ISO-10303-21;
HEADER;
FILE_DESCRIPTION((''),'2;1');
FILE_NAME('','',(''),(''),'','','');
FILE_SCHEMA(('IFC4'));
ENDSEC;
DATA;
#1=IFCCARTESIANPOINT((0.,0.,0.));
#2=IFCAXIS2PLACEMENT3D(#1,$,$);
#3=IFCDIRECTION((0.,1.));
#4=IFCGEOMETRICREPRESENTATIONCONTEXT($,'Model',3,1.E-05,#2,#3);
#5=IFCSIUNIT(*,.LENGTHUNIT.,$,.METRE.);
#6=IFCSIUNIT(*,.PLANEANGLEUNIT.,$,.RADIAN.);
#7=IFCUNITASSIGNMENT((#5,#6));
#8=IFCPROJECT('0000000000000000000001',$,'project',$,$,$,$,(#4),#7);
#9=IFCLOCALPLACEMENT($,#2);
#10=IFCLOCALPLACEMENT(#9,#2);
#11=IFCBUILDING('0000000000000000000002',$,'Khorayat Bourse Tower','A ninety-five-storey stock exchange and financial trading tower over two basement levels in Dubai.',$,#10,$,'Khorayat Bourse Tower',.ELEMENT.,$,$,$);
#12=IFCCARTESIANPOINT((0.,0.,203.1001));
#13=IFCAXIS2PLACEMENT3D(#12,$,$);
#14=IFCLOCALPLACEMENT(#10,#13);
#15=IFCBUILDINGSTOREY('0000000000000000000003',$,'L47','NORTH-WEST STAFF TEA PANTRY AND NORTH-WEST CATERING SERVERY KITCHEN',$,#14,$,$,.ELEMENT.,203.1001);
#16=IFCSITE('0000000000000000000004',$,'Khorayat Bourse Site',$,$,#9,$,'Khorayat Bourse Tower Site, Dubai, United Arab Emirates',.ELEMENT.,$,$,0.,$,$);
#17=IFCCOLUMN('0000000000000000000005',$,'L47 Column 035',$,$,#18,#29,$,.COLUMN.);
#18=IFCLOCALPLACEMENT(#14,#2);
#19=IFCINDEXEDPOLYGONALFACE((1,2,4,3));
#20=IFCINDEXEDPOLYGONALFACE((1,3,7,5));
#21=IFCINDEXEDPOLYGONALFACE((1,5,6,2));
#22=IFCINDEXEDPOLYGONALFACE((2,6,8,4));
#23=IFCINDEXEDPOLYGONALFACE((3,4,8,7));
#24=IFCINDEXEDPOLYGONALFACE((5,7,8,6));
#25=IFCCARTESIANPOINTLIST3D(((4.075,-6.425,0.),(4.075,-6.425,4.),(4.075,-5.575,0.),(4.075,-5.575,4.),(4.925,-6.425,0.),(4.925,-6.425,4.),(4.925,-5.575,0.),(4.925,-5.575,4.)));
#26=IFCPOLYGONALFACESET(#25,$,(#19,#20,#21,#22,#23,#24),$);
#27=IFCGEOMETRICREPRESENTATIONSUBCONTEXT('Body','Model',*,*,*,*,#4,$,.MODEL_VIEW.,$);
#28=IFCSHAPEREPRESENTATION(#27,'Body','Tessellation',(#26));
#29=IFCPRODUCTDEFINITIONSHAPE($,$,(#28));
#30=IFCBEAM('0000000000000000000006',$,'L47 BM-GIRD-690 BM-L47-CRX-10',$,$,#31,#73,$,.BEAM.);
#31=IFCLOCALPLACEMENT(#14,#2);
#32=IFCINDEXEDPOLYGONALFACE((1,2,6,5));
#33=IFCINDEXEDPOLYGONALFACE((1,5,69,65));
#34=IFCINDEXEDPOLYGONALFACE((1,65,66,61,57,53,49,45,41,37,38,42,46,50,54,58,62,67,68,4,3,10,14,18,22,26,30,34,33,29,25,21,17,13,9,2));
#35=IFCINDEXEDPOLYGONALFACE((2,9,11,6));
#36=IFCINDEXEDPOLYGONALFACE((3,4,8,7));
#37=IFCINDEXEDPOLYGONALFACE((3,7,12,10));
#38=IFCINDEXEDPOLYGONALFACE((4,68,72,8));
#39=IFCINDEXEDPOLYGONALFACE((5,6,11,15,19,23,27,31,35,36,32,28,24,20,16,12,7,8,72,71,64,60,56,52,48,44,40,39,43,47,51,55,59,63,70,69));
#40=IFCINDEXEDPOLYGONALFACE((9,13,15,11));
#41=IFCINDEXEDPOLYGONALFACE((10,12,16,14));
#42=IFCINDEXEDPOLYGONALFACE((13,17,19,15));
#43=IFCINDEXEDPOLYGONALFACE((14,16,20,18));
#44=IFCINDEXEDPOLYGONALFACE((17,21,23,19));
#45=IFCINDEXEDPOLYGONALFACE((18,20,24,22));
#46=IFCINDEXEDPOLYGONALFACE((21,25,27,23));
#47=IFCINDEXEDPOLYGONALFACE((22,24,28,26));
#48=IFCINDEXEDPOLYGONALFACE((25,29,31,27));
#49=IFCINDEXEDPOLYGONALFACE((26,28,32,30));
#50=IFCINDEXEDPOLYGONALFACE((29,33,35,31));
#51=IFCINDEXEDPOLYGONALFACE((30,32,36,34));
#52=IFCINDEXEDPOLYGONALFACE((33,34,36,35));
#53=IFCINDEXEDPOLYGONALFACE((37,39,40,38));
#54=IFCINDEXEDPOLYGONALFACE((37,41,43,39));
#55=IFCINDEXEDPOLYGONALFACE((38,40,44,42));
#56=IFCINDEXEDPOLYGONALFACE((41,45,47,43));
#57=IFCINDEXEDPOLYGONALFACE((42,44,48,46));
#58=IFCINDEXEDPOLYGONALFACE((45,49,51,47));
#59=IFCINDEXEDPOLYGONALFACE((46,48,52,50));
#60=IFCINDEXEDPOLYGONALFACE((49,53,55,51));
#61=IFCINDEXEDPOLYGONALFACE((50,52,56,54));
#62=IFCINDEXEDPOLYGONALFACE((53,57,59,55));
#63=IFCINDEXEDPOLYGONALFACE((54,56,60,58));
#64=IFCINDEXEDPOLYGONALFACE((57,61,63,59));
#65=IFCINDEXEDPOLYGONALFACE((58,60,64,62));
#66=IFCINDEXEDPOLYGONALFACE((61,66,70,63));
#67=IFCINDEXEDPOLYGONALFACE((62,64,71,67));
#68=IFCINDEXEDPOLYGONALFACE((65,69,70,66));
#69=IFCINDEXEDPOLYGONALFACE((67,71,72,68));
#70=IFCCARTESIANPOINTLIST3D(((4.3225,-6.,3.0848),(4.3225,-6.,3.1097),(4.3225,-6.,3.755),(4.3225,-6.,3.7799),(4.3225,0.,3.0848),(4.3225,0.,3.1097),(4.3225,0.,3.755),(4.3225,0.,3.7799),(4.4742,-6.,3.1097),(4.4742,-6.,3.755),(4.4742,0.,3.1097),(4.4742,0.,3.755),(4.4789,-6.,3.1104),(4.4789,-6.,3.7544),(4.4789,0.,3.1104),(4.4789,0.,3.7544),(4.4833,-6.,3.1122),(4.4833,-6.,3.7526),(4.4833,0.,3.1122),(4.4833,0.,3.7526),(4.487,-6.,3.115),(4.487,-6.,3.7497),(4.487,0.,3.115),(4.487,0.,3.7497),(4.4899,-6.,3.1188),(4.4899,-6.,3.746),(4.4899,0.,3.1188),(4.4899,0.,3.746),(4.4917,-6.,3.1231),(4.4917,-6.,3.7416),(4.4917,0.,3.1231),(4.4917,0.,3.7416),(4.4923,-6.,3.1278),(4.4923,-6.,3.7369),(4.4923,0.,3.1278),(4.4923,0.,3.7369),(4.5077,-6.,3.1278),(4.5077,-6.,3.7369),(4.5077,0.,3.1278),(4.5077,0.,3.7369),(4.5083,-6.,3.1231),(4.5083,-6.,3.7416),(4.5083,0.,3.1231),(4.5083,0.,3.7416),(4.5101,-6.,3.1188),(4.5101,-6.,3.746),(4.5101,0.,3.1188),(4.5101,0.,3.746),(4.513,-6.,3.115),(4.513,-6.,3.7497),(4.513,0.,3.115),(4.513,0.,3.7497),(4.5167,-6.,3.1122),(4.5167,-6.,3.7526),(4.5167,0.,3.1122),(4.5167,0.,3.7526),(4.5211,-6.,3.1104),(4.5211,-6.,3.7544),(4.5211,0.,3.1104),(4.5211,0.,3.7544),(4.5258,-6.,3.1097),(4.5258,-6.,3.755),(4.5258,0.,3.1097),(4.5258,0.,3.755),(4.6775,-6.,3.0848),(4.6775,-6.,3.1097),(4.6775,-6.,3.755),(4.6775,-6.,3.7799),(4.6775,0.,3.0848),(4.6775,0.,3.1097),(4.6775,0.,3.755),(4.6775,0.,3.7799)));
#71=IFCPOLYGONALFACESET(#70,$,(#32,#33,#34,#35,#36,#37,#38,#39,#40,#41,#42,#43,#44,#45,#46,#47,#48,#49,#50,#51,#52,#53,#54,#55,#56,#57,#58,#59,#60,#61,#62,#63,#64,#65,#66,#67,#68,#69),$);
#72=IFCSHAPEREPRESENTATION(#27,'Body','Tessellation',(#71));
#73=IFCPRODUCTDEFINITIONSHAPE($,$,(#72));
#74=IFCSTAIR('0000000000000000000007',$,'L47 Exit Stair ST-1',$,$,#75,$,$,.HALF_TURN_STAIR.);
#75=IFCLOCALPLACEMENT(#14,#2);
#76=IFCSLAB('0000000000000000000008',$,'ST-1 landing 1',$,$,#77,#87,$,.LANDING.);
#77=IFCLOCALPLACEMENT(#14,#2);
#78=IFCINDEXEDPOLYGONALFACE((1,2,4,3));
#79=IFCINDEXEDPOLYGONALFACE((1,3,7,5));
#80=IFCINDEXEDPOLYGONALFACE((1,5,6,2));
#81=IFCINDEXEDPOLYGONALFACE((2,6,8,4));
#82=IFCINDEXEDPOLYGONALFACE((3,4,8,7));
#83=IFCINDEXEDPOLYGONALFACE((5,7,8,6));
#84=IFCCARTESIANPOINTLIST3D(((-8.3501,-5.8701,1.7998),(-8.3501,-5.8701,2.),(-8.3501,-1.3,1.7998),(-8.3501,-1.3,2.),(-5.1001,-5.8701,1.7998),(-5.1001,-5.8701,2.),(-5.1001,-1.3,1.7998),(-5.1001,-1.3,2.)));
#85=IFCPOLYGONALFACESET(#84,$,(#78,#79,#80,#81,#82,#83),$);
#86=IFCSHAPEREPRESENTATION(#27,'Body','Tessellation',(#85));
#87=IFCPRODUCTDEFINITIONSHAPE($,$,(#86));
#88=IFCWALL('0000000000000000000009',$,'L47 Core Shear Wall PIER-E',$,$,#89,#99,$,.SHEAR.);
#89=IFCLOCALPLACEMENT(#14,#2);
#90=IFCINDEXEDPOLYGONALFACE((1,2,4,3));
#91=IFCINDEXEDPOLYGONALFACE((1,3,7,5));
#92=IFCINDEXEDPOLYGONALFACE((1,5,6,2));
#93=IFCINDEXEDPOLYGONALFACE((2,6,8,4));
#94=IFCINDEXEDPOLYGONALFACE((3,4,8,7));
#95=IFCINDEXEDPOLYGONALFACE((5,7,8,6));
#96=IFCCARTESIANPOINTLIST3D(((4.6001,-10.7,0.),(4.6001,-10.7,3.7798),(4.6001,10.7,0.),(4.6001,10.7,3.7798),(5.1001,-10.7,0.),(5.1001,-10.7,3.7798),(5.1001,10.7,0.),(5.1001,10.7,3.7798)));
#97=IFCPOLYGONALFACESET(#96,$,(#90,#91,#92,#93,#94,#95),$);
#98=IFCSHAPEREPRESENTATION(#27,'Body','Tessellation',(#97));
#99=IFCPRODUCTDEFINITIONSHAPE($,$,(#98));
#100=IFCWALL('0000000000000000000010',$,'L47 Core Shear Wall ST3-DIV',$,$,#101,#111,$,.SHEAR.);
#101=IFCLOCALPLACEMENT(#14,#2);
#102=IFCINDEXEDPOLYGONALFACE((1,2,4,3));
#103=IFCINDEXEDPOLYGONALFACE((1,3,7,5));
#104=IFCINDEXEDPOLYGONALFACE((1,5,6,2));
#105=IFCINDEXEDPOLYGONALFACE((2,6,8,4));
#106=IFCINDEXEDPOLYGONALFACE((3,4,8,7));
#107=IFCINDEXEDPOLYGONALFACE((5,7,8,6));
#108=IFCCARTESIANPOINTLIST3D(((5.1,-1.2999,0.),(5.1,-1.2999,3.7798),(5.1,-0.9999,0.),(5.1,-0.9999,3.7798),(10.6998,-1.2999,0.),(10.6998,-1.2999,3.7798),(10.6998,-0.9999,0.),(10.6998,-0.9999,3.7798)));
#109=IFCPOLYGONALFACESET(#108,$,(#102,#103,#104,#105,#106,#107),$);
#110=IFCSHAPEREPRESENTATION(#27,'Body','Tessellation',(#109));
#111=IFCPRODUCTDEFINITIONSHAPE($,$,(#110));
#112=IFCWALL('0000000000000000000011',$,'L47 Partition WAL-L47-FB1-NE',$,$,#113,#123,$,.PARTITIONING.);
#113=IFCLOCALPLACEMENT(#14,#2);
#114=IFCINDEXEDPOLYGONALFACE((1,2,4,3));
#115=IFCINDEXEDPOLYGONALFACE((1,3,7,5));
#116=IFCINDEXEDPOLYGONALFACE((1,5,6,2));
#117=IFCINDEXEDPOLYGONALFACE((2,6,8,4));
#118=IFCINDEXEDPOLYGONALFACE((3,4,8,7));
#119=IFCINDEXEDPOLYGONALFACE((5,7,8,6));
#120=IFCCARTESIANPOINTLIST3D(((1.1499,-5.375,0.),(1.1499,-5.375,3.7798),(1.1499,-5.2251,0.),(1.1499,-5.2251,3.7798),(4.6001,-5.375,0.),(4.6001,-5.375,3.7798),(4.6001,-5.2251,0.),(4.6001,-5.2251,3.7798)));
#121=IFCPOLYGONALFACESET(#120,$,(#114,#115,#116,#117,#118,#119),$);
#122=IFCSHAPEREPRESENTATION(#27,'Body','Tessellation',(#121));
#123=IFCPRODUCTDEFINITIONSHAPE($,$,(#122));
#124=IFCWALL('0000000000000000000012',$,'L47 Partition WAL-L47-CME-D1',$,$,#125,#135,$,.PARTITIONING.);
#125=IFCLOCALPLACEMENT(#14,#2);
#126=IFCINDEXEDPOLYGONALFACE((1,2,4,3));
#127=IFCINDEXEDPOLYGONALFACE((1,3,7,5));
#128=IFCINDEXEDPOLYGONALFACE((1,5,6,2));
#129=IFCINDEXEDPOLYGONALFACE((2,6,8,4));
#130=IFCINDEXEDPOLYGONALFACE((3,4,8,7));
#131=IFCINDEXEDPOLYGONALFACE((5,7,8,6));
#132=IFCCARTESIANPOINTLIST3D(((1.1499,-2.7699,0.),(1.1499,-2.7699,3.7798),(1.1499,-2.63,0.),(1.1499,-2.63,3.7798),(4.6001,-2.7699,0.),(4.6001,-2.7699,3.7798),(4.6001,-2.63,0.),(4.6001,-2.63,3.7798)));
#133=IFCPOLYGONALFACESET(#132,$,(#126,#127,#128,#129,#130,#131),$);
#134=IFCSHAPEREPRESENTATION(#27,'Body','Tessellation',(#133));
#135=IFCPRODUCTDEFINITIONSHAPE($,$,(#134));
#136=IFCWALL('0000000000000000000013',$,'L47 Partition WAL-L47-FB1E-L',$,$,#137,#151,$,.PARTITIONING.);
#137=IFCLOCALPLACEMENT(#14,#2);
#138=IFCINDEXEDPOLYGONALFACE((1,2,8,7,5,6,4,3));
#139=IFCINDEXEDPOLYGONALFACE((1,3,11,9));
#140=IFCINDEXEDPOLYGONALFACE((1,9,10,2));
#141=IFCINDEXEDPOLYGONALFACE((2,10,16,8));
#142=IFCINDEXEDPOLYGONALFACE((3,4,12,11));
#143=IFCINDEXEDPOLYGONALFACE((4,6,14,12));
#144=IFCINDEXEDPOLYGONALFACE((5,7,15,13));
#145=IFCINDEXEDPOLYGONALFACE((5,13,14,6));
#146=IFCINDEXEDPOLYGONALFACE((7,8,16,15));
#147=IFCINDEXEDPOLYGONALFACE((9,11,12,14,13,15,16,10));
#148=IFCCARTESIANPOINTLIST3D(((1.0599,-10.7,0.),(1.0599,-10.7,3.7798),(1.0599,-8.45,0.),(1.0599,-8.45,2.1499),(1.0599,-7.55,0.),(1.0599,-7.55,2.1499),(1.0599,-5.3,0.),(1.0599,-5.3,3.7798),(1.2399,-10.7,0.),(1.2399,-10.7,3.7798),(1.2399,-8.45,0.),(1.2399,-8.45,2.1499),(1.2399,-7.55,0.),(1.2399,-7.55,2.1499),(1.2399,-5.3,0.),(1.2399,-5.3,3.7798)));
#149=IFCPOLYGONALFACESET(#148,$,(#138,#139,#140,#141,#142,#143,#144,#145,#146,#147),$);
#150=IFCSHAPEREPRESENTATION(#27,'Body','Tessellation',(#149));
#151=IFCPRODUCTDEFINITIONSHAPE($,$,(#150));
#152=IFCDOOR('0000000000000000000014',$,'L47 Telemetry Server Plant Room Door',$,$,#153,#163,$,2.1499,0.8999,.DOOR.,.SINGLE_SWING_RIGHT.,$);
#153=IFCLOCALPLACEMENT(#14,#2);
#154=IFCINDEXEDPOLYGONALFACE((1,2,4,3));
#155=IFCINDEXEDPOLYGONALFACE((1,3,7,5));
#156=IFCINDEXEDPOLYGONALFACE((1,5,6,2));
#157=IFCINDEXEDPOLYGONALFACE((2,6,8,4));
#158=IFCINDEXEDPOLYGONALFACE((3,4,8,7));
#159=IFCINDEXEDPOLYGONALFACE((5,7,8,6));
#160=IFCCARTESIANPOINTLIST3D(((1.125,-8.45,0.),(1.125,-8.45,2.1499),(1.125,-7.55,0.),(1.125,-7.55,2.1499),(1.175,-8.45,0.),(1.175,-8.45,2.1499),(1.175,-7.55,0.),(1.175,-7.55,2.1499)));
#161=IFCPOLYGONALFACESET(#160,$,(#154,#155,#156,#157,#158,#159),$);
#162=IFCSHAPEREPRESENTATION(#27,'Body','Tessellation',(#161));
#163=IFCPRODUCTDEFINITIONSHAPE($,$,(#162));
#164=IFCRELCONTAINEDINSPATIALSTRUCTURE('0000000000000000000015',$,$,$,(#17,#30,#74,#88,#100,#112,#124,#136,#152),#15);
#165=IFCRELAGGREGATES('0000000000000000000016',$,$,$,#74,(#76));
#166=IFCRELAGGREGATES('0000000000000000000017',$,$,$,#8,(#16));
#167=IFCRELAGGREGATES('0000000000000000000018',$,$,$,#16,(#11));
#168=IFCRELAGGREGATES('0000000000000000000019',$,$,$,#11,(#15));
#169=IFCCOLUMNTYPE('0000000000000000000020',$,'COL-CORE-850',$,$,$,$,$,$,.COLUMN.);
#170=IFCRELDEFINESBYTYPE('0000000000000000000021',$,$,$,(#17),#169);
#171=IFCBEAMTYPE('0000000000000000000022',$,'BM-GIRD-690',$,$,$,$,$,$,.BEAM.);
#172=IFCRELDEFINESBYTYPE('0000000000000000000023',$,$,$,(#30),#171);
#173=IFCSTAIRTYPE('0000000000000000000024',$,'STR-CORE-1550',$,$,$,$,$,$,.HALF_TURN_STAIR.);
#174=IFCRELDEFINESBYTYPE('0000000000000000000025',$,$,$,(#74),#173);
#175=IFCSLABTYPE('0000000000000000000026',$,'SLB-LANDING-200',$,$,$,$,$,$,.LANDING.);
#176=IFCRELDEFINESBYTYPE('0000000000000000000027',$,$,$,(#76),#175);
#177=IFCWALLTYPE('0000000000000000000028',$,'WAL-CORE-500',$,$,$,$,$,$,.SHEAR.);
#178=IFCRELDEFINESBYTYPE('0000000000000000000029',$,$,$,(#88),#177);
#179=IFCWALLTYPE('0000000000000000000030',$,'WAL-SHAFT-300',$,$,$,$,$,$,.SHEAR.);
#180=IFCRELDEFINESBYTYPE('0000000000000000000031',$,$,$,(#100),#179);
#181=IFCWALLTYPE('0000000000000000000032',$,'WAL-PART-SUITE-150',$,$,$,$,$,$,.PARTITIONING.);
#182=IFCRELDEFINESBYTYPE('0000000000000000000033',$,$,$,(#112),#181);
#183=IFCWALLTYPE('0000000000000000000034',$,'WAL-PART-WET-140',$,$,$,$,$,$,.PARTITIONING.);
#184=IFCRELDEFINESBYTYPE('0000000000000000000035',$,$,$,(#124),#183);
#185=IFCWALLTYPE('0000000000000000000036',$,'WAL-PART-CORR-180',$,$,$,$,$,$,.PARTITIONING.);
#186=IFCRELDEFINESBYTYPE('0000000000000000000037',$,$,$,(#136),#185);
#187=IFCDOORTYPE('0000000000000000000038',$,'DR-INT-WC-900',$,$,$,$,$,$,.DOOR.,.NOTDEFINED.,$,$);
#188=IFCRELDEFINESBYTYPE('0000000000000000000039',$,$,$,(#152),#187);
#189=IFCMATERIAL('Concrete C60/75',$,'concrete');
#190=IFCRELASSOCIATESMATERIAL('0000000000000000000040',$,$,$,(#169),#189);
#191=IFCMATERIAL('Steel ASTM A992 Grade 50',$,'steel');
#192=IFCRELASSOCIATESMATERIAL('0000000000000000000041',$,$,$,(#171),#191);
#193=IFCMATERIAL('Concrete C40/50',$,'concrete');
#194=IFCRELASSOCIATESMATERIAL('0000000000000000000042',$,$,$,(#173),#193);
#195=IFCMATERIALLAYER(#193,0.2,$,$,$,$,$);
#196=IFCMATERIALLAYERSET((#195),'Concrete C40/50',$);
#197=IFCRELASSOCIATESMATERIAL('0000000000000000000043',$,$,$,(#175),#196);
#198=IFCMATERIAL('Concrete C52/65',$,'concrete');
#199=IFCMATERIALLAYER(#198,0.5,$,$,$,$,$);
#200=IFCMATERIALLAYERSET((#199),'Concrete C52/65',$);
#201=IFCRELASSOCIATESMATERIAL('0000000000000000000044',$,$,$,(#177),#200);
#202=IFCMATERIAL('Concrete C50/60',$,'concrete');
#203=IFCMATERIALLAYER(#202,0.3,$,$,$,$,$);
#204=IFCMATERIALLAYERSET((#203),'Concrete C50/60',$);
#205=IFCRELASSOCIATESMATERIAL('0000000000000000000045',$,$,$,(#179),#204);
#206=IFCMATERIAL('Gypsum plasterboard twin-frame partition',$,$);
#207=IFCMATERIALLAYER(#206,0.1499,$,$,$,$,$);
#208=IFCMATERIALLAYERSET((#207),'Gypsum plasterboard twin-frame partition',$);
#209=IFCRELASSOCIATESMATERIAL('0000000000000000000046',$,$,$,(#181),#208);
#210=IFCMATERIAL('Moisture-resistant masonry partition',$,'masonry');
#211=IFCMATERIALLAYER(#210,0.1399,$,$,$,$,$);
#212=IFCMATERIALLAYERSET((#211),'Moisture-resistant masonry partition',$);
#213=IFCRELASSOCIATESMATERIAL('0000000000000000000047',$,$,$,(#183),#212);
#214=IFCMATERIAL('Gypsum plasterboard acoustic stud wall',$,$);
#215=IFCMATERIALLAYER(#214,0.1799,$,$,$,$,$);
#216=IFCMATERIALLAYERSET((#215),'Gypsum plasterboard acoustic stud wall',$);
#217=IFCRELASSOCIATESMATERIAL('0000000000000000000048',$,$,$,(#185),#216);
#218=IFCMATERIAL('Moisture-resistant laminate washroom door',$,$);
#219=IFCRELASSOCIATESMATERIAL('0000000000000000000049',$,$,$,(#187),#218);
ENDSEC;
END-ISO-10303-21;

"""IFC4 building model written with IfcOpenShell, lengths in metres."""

from ifc_helpers import new_model, si_unit, direction, frame, frame_2d, origin, origin_2d, place, context, subcontext, project, spatial, polyline, rectangle, i_section, outline, extrude, source, transform, mapped, material, layer, layer_set, material_profile, profile_set, type_object, element, fill, aggregate, save


model = new_model("IFC4")

# Units and contexts
model_context = context("Model", 3, precision=1e-05, world=origin(), true_north=direction((0.0, 1.0)))
body_context = subcontext(model_context, "Body", "Model", "MODEL_VIEW")
ifc_project = project(units=[si_unit("LENGTHUNIT", "METRE"), si_unit("PLANEANGLEUNIT", "RADIAN")], contexts=[model_context])

# Site, building, storey
site_placement = place(None, origin())
site = spatial("IfcSite", under=ifc_project, at=site_placement, Name="Khorayat Bourse Site", LongName="Khorayat Bourse Tower Site, Dubai, United Arab Emirates", CompositionType="ELEMENT", RefElevation=0.0)
building_placement = place(site_placement, origin())
building = spatial("IfcBuilding", under=site, at=building_placement, Name="Khorayat Bourse Tower", Description="A ninety-five-storey stock exchange and financial trading tower over two basement levels in Dubai.", LongName="Khorayat Bourse Tower", CompositionType="ELEMENT")
storey_placement = place(building_placement, frame((0.0, 0.0, 203.1001)))
storey = spatial("IfcBuildingStorey", under=building, at=storey_placement, Name="L47", Description="NORTH-WEST STAFF TEA PANTRY AND NORTH-WEST CATERING SERVERY KITCHEN", CompositionType="ELEMENT", Elevation=203.1001)

# Column
ifc_material_1 = material(Name="Concrete C60/75", Category="concrete")
ifc_material_profile_1 = material_profile(ifc_material_1, rectangle(XDim=0.8501, YDim=0.8501, at=origin_2d()), Name="RC 850x850")
ifc_profile_set_1 = profile_set([ifc_material_profile_1], Name="Concrete C60/75")
column_type = type_object("IfcColumnType", Name="COL-CORE-850", PredefinedType="COLUMN", material=ifc_profile_set_1)
shared_shape_1 = source(origin(), body_context, "Body", "SweptSolid", [
    extrude(rectangle(XDim=0.8501, YDim=0.8501, at=origin_2d()), origin(), (0.0, 0.0, 1.0), 4.0),
])
column_placement = place(storey_placement, frame((4.5, -6.0, 0.0), z_axis=(0.0, 0.0, 1.0), x_axis=(1.0, 0.0, 0.0)))
element("IfcColumn", 1, at=column_placement, inside=storey, type_object=column_type, Name="L47 Column 035", PredefinedType="COLUMN", context=body_context, shape_type="MappedRepresentation", body=[
    mapped(shared_shape_1, transform((0.0, 0.0, 0.0), scale=1.0)),
])

# Beam
ifc_material_2 = material(Name="Steel ASTM A992 Grade 50", Category="steel")
ifc_material_profile_2 = material_profile(ifc_material_2, i_section(OverallWidth=0.355, OverallDepth=0.6951, WebThickness=0.0154, FlangeThickness=0.0249, FilletRadius=0.0181, at=origin_2d()), Name="W690X217")
ifc_profile_set_2 = profile_set([ifc_material_profile_2], Name="Steel ASTM A992 Grade 50")
beam_type = type_object("IfcBeamType", Name="BM-GIRD-690", PredefinedType="BEAM", material=ifc_profile_set_2)
shared_shape_2 = source(origin(), body_context, "Body", "SweptSolid", [
    extrude(i_section(OverallWidth=0.355, OverallDepth=0.6951, WebThickness=0.0154, FlangeThickness=0.0249, FilletRadius=0.0181, at=origin_2d()), origin(), (0.0, 0.0, 1.0), 6.0),
])
beam_placement = place(storey_placement, frame((4.5, -6.0, 3.4324), z_axis=(0.0, 1.0, 0.0), x_axis=(-1.0, 0.0, 0.0)))
element("IfcBeam", 2, at=beam_placement, inside=storey, type_object=beam_type, Name="L47 BM-GIRD-690 BM-L47-CRX-10", PredefinedType="BEAM", context=body_context, shape_type="MappedRepresentation", body=[
    mapped(shared_shape_2, transform((0.0, 0.0, 0.0), scale=1.0)),
])

# Stair, slab
ifc_material_3 = material(Name="Concrete C40/50", Category="concrete")
stair_type = type_object("IfcStairType", Name="STR-CORE-1550", PredefinedType="HALF_TURN_STAIR", material=ifc_material_3)
stair_1_placement = place(storey_placement, origin())
stair_1 = element("IfcStair", 3, at=stair_1_placement, inside=storey, type_object=stair_type, Name="L47 Exit Stair ST-1", PredefinedType="HALF_TURN_STAIR")
ifc_layer_1 = layer(ifc_material_3, 0.2)
ifc_layer_set_1 = layer_set([ifc_layer_1], Name="Concrete C40/50")
slab_type = type_object("IfcSlabType", Name="SLB-LANDING-200", PredefinedType="LANDING", material=ifc_layer_set_1)
slab_placement = place(storey_placement, frame((0.0, 0.0, 1.7998)))
slab = element("IfcSlab", 4, at=slab_placement, type_object=slab_type, Name="ST-1 landing 1", PredefinedType="LANDING", context=body_context, shape_type="SweptSolid", body=[
    extrude(outline(polyline([(-5.1001, -5.8701), (-5.1001, -1.3), (-8.3501, -1.3), (-8.3501, -5.8701), (-5.1001, -5.8701)])), origin(), (0.0, 0.0, 1.0), 0.2002),
])
aggregate(stair_1, [slab])

# Walls
ifc_material_4 = material(Name="Concrete C52/65", Category="concrete")
ifc_layer_2 = layer(ifc_material_4, 0.5)
ifc_layer_set_2 = layer_set([ifc_layer_2], Name="Concrete C52/65")
wall_type_1 = type_object("IfcWallType", Name="WAL-CORE-500", PredefinedType="SHEAR", material=ifc_layer_set_2)
shared_shape_3 = source(origin(), body_context, "Body", "SweptSolid", [
    extrude(rectangle(XDim=21.3999, YDim=0.5, at=frame_2d((10.7, 0.0))), origin(), (0.0, 0.0, 1.0), 3.7798),
])
wall_1_placement = place(storey_placement, frame((4.8501, -10.7, 0.0), z_axis=(0.0, 0.0, 1.0), x_axis=(0.0, 1.0, 0.0)))
element("IfcWall", 5, at=wall_1_placement, inside=storey, type_object=wall_type_1, Name="L47 Core Shear Wall PIER-E", PredefinedType="SHEAR", context=body_context, shape_type="MappedRepresentation", body=[
    mapped(shared_shape_3, transform((0.0, 0.0, 0.0), scale=1.0)),
])
ifc_material_5 = material(Name="Concrete C50/60", Category="concrete")
ifc_layer_3 = layer(ifc_material_5, 0.3)
ifc_layer_set_3 = layer_set([ifc_layer_3], Name="Concrete C50/60")
wall_type_2 = type_object("IfcWallType", Name="WAL-SHAFT-300", PredefinedType="SHEAR", material=ifc_layer_set_3)
shared_shape_4 = source(origin(), body_context, "Body", "SweptSolid", [
    extrude(rectangle(XDim=5.5999, YDim=0.3, at=frame_2d((2.7998, 0.0))), origin(), (0.0, 0.0, 1.0), 3.7798),
])
wall_2_placement = place(storey_placement, frame((5.1001, -1.1499, 0.0), z_axis=(0.0, 0.0, 1.0), x_axis=(1.0, 0.0, 0.0)))
element("IfcWall", 6, at=wall_2_placement, inside=storey, type_object=wall_type_2, Name="L47 Core Shear Wall ST3-DIV", PredefinedType="SHEAR", context=body_context, shape_type="MappedRepresentation", body=[
    mapped(shared_shape_4, transform((0.0, 0.0, 0.0), scale=1.0)),
])
ifc_material_6 = material(Name="Gypsum plasterboard twin-frame partition")
ifc_layer_4 = layer(ifc_material_6, 0.1499)
ifc_layer_set_4 = layer_set([ifc_layer_4], Name="Gypsum plasterboard twin-frame partition")
wall_type_3 = type_object("IfcWallType", Name="WAL-PART-SUITE-150", PredefinedType="PARTITIONING", material=ifc_layer_set_4)
shared_shape_5 = source(origin(), body_context, "Body", "SweptSolid", [
    extrude(rectangle(XDim=3.4502, YDim=0.1499, at=frame_2d((1.7251, 0.0))), origin(), (0.0, 0.0, 1.0), 3.7798),
])
wall_3_placement = place(storey_placement, frame((1.1499, -5.3, 0.0), z_axis=(0.0, 0.0, 1.0), x_axis=(1.0, 0.0, 0.0)))
element("IfcWall", 7, at=wall_3_placement, inside=storey, type_object=wall_type_3, Name="L47 Partition WAL-L47-FB1-NE", PredefinedType="PARTITIONING", context=body_context, shape_type="MappedRepresentation", body=[
    mapped(shared_shape_5, transform((0.0, 0.0, 0.0), scale=1.0)),
])
ifc_material_7 = material(Name="Moisture-resistant masonry partition", Category="masonry")
ifc_layer_5 = layer(ifc_material_7, 0.1399)
ifc_layer_set_5 = layer_set([ifc_layer_5], Name="Moisture-resistant masonry partition")
wall_type_4 = type_object("IfcWallType", Name="WAL-PART-WET-140", PredefinedType="PARTITIONING", material=ifc_layer_set_5)
shared_shape_6 = source(origin(), body_context, "Body", "SweptSolid", [
    extrude(rectangle(XDim=3.4502, YDim=0.1399, at=frame_2d((1.7251, 0.0))), origin(), (0.0, 0.0, 1.0), 3.7798),
])
wall_4_placement = place(storey_placement, frame((1.1499, -2.7, 0.0), z_axis=(0.0, 0.0, 1.0), x_axis=(1.0, 0.0, 0.0)))
element("IfcWall", 8, at=wall_4_placement, inside=storey, type_object=wall_type_4, Name="L47 Partition WAL-L47-CME-D1", PredefinedType="PARTITIONING", context=body_context, shape_type="MappedRepresentation", body=[
    mapped(shared_shape_6, transform((0.0, 0.0, 0.0), scale=1.0)),
])

# Wall, opening, door
ifc_material_8 = material(Name="Gypsum plasterboard acoustic stud wall")
ifc_layer_6 = layer(ifc_material_8, 0.1799)
ifc_layer_set_6 = layer_set([ifc_layer_6], Name="Gypsum plasterboard acoustic stud wall")
wall_type_5 = type_object("IfcWallType", Name="WAL-PART-CORR-180", PredefinedType="PARTITIONING", material=ifc_layer_set_6)
shared_shape_7 = source(origin(), body_context, "Body", "SweptSolid", [
    extrude(rectangle(XDim=5.3999, YDim=0.1799, at=frame_2d((2.7, 0.0))), origin(), (0.0, 0.0, 1.0), 3.7798),
])
wall_5_placement = place(storey_placement, frame((1.1499, -10.7, 0.0), z_axis=(0.0, 0.0, 1.0), x_axis=(0.0, 1.0, 0.0)))
wall_5 = element("IfcWall", 9, at=wall_5_placement, inside=storey, type_object=wall_type_5, Name="L47 Partition WAL-L47-FB1E-L", PredefinedType="PARTITIONING", context=body_context, shape_type="MappedRepresentation", body=[
    mapped(shared_shape_7, transform((0.0, 0.0, 0.0), scale=1.0)),
])
shared_shape_8 = source(origin(), body_context, "Body", "SweptSolid", [
    extrude(rectangle(XDim=0.8999, YDim=2.1499, at=frame_2d((0.45, 1.075))), frame((0.0, 0.0999, 0.0), z_axis=(0.0, -1.0, 0.0), x_axis=(1.0, 0.0, 0.0)), (0.0, 0.0, 1.0), 0.2),
])
opening_1_placement = place(wall_5_placement, frame((2.25, 0.0, 0.0)))
opening_1 = element("IfcOpeningElement", 10, at=opening_1_placement, cuts=wall_5, PredefinedType="OPENING", context=body_context, shape_type="MappedRepresentation", body=[
    mapped(shared_shape_8, transform((0.0, 0.0, 0.0), scale=1.0)),
])
ifc_material_9 = material(Name="Moisture-resistant laminate washroom door")
door_type = type_object("IfcDoorType", Name="DR-INT-WC-900", OperationType="NOTDEFINED", PredefinedType="DOOR", material=ifc_material_9)
shared_shape_9 = source(origin(), body_context, "Body", "SweptSolid", [
    extrude(rectangle(XDim=0.8999, YDim=2.1499, at=frame_2d((0.45, 1.075))), frame((0.0, 0.0249, 0.0), z_axis=(0.0, -1.0, 0.0), x_axis=(1.0, 0.0, 0.0)), (0.0, 0.0, 1.0), 0.05),
])
door_1_placement = place(opening_1_placement, origin())
door_1 = element("IfcDoor", 11, at=door_1_placement, inside=storey, type_object=door_type, Name="L47 Telemetry Server Plant Room Door", OperationType="SINGLE_SWING_RIGHT", OverallHeight=2.1499, OverallWidth=0.8999, PredefinedType="DOOR", context=body_context, shape_type="MappedRepresentation", body=[
    mapped(shared_shape_9, transform((0.0, 0.0, 0.0), scale=1.0)),
])
fill(opening_1, door_1)

save(model, "model.ifc")
